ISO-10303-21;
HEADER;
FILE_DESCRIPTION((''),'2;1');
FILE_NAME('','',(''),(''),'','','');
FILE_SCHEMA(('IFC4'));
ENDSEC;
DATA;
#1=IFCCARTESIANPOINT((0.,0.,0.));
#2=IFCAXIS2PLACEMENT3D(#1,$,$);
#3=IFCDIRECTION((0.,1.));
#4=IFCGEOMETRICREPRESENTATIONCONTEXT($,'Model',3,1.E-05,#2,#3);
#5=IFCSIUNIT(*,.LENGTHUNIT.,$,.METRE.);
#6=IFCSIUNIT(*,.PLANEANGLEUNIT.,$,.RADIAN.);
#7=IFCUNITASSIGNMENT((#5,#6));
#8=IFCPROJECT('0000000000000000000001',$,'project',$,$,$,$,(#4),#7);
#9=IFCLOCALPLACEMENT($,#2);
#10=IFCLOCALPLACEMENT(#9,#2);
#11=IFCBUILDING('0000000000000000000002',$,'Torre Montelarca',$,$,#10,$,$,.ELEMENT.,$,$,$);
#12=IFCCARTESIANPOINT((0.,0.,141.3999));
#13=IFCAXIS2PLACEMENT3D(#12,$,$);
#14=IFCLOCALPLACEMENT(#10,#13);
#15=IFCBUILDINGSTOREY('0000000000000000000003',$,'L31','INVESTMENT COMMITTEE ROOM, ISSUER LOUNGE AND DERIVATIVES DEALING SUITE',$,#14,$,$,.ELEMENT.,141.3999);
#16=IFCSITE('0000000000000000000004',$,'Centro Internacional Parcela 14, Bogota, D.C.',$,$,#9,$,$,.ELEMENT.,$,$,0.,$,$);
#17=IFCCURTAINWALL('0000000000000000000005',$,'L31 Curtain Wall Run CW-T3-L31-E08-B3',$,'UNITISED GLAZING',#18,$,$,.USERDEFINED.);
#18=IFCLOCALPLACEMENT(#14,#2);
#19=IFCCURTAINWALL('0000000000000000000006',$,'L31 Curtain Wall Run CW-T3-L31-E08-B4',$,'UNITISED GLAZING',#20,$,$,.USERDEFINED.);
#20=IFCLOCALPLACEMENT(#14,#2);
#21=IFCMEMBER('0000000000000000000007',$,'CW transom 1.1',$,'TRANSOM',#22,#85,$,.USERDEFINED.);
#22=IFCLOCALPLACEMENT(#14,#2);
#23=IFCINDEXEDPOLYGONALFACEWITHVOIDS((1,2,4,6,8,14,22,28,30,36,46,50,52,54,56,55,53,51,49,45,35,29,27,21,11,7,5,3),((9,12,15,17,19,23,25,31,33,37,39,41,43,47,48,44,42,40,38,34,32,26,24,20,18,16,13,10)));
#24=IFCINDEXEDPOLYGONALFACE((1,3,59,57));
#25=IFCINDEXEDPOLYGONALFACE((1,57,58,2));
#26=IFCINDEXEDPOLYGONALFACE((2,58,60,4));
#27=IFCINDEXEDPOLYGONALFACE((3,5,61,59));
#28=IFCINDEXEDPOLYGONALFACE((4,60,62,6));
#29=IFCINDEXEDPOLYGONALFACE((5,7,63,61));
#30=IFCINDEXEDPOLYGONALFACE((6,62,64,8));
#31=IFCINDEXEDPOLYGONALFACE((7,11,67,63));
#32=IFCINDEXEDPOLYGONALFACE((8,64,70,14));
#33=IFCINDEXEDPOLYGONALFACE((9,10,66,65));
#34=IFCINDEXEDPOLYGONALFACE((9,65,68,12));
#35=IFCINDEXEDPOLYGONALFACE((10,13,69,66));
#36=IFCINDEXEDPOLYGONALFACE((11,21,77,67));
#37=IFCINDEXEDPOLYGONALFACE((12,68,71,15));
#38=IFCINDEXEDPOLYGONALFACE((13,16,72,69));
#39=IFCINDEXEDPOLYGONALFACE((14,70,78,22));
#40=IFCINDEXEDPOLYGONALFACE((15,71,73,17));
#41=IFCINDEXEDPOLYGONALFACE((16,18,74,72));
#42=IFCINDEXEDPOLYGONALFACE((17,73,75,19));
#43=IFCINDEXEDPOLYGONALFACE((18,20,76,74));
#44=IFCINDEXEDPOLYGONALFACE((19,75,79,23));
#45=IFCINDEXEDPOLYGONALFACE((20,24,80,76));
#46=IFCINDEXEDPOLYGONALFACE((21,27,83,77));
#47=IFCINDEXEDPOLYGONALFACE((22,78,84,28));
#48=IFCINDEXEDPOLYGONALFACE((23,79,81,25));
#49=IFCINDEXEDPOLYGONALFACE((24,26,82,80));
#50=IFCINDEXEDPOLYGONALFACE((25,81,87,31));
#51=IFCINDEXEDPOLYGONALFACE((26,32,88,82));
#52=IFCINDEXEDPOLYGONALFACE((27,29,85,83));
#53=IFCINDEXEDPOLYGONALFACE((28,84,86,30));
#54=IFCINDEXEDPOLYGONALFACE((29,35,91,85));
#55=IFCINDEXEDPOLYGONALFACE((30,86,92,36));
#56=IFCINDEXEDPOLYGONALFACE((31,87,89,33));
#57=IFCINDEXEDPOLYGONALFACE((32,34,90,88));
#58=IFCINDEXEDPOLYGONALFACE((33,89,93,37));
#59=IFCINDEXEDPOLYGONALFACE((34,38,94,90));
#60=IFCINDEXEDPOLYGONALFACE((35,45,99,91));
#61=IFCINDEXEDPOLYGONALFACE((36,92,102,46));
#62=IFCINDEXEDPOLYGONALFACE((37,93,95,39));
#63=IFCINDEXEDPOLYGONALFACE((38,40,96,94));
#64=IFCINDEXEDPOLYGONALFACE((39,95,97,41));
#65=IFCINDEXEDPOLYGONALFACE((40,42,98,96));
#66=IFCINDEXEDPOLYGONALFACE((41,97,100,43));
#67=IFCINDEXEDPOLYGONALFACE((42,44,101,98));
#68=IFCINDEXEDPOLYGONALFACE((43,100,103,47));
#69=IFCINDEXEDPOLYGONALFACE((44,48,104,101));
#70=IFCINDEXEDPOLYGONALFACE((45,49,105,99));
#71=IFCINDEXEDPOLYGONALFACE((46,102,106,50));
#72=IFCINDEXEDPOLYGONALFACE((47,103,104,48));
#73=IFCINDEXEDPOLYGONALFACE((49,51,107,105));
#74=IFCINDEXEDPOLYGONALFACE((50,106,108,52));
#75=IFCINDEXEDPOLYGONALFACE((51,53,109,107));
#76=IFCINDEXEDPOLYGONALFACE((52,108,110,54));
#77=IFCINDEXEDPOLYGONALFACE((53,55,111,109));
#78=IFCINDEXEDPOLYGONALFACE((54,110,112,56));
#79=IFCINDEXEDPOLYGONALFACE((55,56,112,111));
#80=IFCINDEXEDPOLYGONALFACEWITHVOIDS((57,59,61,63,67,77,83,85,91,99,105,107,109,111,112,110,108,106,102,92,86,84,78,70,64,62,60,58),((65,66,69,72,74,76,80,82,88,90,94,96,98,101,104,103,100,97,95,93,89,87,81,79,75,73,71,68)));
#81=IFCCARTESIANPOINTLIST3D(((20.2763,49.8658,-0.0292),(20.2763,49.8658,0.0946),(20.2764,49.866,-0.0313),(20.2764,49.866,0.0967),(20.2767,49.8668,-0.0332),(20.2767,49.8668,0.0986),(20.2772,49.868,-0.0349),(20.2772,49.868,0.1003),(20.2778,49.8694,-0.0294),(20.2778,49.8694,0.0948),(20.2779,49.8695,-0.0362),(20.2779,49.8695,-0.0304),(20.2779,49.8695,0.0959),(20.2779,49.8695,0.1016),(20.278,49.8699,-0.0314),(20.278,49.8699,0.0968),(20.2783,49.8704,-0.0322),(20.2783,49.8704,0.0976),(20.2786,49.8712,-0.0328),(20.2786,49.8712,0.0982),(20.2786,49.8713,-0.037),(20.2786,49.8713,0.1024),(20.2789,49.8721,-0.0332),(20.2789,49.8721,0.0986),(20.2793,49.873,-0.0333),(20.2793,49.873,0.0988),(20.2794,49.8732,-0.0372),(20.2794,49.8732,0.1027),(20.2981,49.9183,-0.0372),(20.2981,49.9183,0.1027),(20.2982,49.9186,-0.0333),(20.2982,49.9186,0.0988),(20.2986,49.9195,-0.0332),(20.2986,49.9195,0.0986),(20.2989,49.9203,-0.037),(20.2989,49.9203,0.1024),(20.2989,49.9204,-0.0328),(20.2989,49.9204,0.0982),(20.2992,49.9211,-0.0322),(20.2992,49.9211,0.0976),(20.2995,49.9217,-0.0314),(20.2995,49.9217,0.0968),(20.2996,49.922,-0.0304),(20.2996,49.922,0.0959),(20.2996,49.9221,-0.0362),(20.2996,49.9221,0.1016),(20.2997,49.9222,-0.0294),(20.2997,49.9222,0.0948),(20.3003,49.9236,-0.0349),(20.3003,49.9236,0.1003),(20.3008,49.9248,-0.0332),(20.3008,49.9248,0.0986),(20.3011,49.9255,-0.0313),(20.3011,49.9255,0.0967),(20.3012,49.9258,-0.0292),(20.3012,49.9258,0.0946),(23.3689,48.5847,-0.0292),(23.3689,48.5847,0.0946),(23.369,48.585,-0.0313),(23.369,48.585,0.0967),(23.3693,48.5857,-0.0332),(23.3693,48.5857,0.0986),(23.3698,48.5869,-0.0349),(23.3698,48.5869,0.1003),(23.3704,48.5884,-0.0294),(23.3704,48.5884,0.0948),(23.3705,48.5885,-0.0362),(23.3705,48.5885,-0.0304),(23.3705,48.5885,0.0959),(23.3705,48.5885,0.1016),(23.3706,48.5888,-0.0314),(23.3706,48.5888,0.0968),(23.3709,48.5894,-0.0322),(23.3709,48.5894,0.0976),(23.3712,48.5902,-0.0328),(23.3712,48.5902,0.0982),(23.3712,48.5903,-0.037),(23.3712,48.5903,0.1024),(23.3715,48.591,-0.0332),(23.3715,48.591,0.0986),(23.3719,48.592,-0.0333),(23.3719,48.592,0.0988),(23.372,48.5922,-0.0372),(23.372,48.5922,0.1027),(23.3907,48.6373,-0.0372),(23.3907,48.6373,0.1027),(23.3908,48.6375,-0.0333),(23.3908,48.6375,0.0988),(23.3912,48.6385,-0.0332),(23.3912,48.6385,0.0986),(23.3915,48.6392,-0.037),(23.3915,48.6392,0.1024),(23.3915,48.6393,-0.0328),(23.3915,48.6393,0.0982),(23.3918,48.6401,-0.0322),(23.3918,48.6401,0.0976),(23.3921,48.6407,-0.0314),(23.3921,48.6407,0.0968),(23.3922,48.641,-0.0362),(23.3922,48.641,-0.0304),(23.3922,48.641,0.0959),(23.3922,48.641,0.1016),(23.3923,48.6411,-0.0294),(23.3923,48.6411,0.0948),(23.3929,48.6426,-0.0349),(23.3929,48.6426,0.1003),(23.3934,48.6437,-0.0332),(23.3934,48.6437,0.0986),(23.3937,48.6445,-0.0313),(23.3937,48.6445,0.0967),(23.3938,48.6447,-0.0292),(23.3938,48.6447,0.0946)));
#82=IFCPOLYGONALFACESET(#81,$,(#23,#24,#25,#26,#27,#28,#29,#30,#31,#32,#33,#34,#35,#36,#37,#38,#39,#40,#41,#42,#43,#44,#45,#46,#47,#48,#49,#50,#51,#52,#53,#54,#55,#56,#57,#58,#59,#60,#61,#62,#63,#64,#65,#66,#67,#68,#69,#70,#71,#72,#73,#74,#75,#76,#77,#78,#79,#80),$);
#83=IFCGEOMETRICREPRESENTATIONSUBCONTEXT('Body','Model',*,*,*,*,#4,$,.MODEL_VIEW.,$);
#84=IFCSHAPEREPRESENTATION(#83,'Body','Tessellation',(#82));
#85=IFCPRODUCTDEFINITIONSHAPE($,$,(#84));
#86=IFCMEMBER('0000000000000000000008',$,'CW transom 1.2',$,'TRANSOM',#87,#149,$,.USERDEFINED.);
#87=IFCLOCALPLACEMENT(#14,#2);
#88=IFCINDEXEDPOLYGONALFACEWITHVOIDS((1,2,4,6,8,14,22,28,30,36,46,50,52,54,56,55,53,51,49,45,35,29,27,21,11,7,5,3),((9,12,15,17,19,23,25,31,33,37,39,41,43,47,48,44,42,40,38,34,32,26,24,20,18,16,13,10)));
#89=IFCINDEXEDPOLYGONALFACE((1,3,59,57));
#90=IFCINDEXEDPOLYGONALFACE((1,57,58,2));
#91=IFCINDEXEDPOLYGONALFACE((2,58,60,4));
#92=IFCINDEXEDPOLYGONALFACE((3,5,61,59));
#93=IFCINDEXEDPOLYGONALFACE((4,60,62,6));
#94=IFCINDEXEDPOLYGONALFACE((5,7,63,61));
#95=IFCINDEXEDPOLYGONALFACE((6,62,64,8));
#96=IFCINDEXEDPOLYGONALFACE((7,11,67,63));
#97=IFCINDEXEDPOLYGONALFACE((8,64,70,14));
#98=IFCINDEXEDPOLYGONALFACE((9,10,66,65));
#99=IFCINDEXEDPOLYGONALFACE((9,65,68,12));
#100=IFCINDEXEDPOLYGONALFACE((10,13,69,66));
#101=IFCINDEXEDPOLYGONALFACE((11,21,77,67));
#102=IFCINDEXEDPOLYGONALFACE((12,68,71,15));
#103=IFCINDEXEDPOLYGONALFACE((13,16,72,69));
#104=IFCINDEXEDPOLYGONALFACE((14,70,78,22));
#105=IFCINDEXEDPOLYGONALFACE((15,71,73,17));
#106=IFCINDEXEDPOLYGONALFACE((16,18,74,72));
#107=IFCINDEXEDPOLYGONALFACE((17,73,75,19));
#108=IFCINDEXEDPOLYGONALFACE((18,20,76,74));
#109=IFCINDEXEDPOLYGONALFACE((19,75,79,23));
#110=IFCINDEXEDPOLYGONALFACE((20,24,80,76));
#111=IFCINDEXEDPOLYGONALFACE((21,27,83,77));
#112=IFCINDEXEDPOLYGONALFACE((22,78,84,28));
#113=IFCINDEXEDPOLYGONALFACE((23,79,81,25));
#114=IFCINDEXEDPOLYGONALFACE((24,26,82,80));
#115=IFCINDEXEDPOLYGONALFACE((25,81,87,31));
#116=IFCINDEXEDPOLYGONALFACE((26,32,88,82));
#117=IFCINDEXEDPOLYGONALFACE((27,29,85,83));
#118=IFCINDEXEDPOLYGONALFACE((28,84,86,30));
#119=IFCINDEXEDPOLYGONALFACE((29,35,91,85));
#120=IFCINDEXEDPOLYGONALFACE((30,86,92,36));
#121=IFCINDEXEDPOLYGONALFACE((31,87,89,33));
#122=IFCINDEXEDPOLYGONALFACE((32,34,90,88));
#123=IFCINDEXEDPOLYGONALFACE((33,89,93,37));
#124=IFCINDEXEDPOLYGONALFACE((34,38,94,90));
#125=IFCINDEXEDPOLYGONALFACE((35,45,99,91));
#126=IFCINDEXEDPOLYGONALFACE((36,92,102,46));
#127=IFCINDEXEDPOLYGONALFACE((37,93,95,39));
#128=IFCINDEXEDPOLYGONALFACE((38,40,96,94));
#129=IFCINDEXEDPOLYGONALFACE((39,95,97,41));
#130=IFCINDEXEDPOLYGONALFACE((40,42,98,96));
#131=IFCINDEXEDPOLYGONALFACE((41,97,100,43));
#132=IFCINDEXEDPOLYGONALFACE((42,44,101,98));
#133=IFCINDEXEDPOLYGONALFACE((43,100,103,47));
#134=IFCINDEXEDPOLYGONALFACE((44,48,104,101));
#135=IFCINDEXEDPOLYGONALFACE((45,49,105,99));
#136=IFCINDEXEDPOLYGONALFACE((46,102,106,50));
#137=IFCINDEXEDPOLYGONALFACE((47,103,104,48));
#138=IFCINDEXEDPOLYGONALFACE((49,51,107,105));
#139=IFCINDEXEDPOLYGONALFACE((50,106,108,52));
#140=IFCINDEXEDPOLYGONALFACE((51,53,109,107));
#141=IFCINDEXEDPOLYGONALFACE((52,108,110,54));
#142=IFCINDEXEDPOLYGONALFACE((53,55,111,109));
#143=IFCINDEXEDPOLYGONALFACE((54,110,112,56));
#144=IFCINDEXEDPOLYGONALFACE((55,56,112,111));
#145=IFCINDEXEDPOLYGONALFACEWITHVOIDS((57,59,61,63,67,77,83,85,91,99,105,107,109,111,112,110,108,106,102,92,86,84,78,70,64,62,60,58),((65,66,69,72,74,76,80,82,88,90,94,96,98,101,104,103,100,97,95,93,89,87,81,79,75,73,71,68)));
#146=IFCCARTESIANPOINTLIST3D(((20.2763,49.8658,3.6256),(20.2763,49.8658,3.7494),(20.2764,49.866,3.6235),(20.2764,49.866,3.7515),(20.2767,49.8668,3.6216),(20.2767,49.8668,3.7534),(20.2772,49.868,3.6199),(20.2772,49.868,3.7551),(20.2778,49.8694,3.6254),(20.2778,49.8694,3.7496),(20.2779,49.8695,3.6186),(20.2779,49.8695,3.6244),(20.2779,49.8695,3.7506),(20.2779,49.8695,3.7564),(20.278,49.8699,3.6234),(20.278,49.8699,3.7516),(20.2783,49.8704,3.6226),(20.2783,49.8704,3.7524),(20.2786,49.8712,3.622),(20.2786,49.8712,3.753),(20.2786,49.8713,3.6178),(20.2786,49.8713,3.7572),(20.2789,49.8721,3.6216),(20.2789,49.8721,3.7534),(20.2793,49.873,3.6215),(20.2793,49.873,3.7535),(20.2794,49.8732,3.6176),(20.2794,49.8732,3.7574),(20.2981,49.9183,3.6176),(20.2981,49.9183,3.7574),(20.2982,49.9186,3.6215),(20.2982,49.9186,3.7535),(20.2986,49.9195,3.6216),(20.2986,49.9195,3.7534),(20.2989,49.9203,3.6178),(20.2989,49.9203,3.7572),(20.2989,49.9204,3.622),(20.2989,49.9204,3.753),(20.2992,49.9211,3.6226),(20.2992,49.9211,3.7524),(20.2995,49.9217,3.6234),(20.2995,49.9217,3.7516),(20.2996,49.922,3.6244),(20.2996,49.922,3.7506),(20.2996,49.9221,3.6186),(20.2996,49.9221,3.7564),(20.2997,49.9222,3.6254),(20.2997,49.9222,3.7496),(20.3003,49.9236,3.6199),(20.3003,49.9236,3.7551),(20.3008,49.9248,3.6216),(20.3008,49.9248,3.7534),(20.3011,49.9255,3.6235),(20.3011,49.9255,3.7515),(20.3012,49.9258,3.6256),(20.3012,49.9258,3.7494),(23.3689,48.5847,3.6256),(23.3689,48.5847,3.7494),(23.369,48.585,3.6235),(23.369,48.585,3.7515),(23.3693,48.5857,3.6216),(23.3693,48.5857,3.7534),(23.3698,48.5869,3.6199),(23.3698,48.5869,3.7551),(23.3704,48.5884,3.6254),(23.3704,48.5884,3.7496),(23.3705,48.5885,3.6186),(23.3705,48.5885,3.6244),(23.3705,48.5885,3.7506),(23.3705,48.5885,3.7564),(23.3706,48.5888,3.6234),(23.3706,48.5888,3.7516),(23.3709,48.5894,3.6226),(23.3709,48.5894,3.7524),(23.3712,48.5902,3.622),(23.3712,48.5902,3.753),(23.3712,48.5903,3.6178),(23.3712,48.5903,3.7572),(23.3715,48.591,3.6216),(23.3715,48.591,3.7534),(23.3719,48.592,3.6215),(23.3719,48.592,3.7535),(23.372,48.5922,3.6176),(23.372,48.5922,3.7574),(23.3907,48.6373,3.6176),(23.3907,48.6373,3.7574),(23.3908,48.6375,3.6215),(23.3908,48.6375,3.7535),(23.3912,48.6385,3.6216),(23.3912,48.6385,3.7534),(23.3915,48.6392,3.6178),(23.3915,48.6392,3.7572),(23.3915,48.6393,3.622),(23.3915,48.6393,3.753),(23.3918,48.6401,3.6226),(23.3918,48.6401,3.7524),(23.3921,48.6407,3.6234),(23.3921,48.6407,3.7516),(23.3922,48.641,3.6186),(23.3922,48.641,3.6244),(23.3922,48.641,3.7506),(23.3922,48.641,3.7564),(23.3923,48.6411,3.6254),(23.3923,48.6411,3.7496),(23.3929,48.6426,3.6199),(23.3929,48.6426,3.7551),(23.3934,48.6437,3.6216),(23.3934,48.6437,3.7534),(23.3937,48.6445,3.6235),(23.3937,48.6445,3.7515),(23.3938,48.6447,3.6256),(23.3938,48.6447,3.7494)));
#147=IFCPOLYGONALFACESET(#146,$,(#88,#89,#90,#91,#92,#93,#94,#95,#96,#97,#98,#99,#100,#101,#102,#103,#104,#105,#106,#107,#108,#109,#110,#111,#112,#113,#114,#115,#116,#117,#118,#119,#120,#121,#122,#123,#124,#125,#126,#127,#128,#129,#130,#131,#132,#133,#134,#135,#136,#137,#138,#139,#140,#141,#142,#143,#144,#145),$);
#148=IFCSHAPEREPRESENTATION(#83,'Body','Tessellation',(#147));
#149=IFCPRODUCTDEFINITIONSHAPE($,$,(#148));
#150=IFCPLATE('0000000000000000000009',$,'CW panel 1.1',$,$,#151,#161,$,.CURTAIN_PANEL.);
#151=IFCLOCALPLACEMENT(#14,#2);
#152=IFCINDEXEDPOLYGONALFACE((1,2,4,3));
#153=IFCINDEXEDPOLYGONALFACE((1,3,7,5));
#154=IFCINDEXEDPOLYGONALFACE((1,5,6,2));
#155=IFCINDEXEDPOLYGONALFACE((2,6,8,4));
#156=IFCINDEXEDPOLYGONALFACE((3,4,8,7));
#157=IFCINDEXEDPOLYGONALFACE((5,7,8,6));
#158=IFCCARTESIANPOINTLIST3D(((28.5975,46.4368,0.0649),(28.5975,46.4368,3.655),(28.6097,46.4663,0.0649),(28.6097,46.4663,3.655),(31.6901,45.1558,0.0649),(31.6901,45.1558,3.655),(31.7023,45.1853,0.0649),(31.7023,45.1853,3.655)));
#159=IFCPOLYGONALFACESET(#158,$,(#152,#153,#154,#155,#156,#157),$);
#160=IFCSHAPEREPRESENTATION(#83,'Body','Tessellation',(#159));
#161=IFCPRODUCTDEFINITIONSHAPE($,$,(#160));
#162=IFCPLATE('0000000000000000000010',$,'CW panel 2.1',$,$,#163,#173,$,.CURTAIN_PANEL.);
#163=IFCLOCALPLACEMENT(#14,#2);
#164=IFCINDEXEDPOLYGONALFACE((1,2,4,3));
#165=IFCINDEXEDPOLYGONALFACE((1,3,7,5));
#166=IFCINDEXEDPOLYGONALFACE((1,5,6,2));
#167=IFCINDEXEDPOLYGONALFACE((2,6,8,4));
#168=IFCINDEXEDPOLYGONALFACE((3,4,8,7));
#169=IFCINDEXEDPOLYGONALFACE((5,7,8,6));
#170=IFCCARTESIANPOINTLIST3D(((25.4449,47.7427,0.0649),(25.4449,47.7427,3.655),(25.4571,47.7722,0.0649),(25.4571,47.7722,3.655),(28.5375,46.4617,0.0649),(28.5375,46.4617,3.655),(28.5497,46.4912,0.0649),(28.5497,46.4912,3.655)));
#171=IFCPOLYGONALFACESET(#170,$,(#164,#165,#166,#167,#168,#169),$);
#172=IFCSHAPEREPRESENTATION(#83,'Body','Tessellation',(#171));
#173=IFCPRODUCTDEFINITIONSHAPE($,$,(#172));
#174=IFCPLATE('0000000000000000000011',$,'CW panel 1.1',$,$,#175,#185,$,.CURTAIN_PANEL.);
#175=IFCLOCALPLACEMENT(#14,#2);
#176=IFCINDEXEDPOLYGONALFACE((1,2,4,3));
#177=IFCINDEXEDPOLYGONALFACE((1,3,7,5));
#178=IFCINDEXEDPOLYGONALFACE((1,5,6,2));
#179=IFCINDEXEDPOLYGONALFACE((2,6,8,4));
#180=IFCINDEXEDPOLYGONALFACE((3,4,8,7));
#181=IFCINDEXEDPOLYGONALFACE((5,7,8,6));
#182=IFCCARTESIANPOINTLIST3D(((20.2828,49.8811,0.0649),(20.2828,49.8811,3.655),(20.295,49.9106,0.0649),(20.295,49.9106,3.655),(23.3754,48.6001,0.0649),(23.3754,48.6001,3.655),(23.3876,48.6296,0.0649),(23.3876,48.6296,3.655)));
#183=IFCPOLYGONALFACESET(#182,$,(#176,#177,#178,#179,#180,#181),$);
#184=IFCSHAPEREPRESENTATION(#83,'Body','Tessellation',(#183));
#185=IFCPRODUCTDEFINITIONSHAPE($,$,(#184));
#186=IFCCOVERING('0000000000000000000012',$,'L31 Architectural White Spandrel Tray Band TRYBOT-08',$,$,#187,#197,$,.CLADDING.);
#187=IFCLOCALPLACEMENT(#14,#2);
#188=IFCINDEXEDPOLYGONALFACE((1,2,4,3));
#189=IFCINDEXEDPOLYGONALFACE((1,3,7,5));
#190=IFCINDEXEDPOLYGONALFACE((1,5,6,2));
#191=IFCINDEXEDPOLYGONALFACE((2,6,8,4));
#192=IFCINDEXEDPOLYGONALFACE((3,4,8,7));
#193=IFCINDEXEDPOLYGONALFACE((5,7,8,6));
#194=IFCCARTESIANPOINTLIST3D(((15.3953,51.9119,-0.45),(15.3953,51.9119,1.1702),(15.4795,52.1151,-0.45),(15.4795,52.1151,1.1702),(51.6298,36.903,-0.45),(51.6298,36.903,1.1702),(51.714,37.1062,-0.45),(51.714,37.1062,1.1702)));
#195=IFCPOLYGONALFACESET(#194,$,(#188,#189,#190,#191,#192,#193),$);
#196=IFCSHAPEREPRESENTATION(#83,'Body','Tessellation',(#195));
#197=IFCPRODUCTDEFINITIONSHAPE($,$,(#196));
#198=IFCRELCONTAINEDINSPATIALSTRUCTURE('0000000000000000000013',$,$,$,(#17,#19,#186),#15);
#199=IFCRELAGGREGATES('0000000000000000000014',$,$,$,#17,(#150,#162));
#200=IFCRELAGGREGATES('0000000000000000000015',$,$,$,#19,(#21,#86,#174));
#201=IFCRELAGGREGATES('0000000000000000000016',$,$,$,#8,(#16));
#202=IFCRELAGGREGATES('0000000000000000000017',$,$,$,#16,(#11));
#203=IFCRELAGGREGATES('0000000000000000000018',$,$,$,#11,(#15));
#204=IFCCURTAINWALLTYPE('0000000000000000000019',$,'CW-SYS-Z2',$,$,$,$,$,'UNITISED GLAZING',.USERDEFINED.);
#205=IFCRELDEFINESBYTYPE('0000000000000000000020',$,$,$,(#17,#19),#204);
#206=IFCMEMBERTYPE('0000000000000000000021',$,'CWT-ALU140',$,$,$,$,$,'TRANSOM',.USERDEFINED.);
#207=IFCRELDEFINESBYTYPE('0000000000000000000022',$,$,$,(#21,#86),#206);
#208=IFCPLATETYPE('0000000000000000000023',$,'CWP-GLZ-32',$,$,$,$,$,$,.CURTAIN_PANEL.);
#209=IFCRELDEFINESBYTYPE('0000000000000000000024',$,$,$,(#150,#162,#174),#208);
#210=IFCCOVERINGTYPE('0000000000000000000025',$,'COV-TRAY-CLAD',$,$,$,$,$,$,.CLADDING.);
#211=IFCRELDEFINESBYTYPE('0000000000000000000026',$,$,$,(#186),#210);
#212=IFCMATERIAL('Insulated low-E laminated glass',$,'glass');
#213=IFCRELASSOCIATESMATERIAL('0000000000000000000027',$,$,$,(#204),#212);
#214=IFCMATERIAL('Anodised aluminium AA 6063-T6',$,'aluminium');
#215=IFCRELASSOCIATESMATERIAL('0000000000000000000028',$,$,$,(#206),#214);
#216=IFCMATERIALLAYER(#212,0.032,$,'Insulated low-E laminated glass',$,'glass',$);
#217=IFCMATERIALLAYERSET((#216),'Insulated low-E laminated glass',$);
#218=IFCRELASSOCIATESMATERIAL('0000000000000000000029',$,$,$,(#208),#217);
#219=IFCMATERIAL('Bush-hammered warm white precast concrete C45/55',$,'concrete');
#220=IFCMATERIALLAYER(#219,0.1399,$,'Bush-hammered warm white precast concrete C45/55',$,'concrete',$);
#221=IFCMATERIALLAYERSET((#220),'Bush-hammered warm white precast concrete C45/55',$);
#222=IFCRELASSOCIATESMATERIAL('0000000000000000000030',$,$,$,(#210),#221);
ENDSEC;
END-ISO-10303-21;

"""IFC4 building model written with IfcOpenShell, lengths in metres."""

from ifc_helpers import new_model, si_unit, direction, frame, origin, origin_2d, place, context, subcontext, project, spatial, rectangle, hollow_rectangle, extrude, source, transform, mapped, material, layer, layer_set, material_profile, profile_set, type_object, element, aggregate, save


model = new_model("IFC4")

# Units and contexts
model_context = context("Model", 3, precision=1e-05, world=origin(), true_north=direction((0.0, 1.0)))
body_context = subcontext(model_context, "Body", "Model", "MODEL_VIEW")
ifc_project = project(units=[si_unit("LENGTHUNIT", "METRE"), si_unit("PLANEANGLEUNIT", "RADIAN")], contexts=[model_context])

# Site, building, storey
site_placement = place(None, origin())
site = spatial("IfcSite", under=ifc_project, at=site_placement, Name="Centro Internacional Parcela 14, Bogota, D.C.", CompositionType="ELEMENT", RefElevation=0.0)
building_placement = place(site_placement, origin())
building = spatial("IfcBuilding", under=site, at=building_placement, Name="Torre Montelarca", CompositionType="ELEMENT")
storey_placement = place(building_placement, frame((0.0, 0.0, 141.3999)))
storey = spatial("IfcBuildingStorey", under=building, at=storey_placement, Name="L31", Description="INVESTMENT COMMITTEE ROOM, ISSUER LOUNGE AND DERIVATIVES DEALING SUITE", CompositionType="ELEMENT", Elevation=141.3999)

# Curtain wall
ifc_material_1 = material(Name="Insulated low-E laminated glass", Category="glass")
curtain_wall_type = type_object("IfcCurtainWallType", Name="CW-SYS-Z2", ElementType="UNITISED GLAZING", PredefinedType="USERDEFINED", material=ifc_material_1)
curtain_wall_1_placement = place(storey_placement, origin())
curtain_wall_1 = element("IfcCurtainWall", 1, at=curtain_wall_1_placement, inside=storey, type_object=curtain_wall_type, Name="L31 Curtain Wall Run CW-T3-L31-E08-B3", ObjectType="UNITISED GLAZING", PredefinedType="USERDEFINED")
ifc_material_2 = material(Name="Anodised aluminium AA 6063-T6", Category="aluminium")

# Curtain wall
curtain_wall_2_placement = place(storey_placement, origin())
curtain_wall_2 = element("IfcCurtainWall", 2, at=curtain_wall_2_placement, inside=storey, type_object=curtain_wall_type, Name="L31 Curtain Wall Run CW-T3-L31-E08-B4", ObjectType="UNITISED GLAZING", PredefinedType="USERDEFINED")

# Members
ifc_material_profile_1 = material_profile(ifc_material_2, hollow_rectangle(XDim=0.0649, YDim=0.1399, WallThickness=0.0039, InnerFilletRadius=0.0039, OuterFilletRadius=0.0081, at=origin_2d()), Name="ALU65X140X4", Category="aluminium")
ifc_profile_set_1 = profile_set([ifc_material_profile_1], Name="Anodised aluminium AA 6063-T6")
member_type_1 = type_object("IfcMemberType", Name="CWT-ALU140", ElementType="TRANSOM", PredefinedType="USERDEFINED", material=ifc_profile_set_1)
shared_shape_1 = source(origin(), body_context, "Body", "SweptSolid", [
    extrude(hollow_rectangle(XDim=0.0649, YDim=0.1399, WallThickness=0.0039, InnerFilletRadius=0.0039, OuterFilletRadius=0.0081, at=origin_2d()), origin(), (0.0, 0.0, 1.0), 3.3474),
])
member_1_placement = place(storey_placement, frame((23.3813, 48.6147, 0.0327), z_axis=(-0.923875, 0.382693, 0.0), x_axis=(-0.382693, -0.923875, 0.0)))
member_1 = element("IfcMember", 3, at=member_1_placement, type_object=member_type_1, Name="CW transom 1.1", ObjectType="TRANSOM", PredefinedType="USERDEFINED", context=body_context, shape_type="MappedRepresentation", body=[
    mapped(shared_shape_1, transform((0.0, 0.0, 0.0), scale=1.0)),
])
member_2_placement = place(storey_placement, frame((23.3813, 48.6147, 3.6875), z_axis=(-0.923875, 0.382693, 0.0), x_axis=(-0.382693, -0.923875, 0.0)))
member_2 = element("IfcMember", 4, at=member_2_placement, type_object=member_type_1, Name="CW transom 1.2", ObjectType="TRANSOM", PredefinedType="USERDEFINED", context=body_context, shape_type="MappedRepresentation", body=[
    mapped(shared_shape_1, transform((0.0, 0.0, 0.0), scale=1.0)),
])

# Plates
ifc_layer_1 = layer(ifc_material_1, 0.032, Name="Insulated low-E laminated glass", Category="glass")
ifc_layer_set_1 = layer_set([ifc_layer_1], Name="Insulated low-E laminated glass")
plate_type = type_object("IfcPlateType", Name="CWP-GLZ-32", PredefinedType="CURTAIN_PANEL", material=ifc_layer_set_1)
shared_shape_2 = source(origin(), body_context, "Body", "SweptSolid", [
    extrude(rectangle(XDim=3.3474, YDim=0.032, at=origin_2d()), origin(), (0.0, 0.0, 1.0), 3.5901),
])
plate_1_placement = place(storey_placement, frame((30.1499, 45.811, 0.0649), z_axis=(0.0, 0.0, 1.0), x_axis=(-0.923878, 0.382686, 0.0)))
plate_1 = element("IfcPlate", 5, at=plate_1_placement, type_object=plate_type, Name="CW panel 1.1", PredefinedType="CURTAIN_PANEL", context=body_context, shape_type="MappedRepresentation", body=[
    mapped(shared_shape_2, transform((0.0, 0.0, 0.0), scale=1.0)),
])
plate_2_placement = place(storey_placement, frame((26.9973, 47.1169, 0.0649), z_axis=(0.0, 0.0, 1.0), x_axis=(-0.923878, 0.382686, 0.0)))
plate_2 = element("IfcPlate", 6, at=plate_2_placement, type_object=plate_type, Name="CW panel 2.1", PredefinedType="CURTAIN_PANEL", context=body_context, shape_type="MappedRepresentation", body=[
    mapped(shared_shape_2, transform((0.0, 0.0, 0.0), scale=1.0)),
])
aggregate(curtain_wall_1, [plate_1, plate_2])
plate_3_placement = place(storey_placement, frame((21.8352, 49.2554, 0.0649), z_axis=(0.0, 0.0, 1.0), x_axis=(-0.923878, 0.382686, 0.0)))
plate_3 = element("IfcPlate", 7, at=plate_3_placement, type_object=plate_type, Name="CW panel 1.1", PredefinedType="CURTAIN_PANEL", context=body_context, shape_type="MappedRepresentation", body=[
    mapped(shared_shape_2, transform((0.0, 0.0, 0.0), scale=1.0)),
])
aggregate(curtain_wall_2, [member_1, member_2, plate_3])

# Covering
ifc_material_3 = material(Name="Bush-hammered warm white precast concrete C45/55", Category="concrete")
ifc_layer_2 = layer(ifc_material_3, 0.1399, Name="Bush-hammered warm white precast concrete C45/55", Category="concrete")
ifc_layer_set_2 = layer_set([ifc_layer_2], Name="Bush-hammered warm white precast concrete C45/55")
covering_type = type_object("IfcCoveringType", Name="COV-TRAY-CLAD", PredefinedType="CLADDING", material=ifc_layer_set_2)
shared_shape_3 = source(origin(), body_context, "Body", "SweptSolid", [
    extrude(rectangle(XDim=39.22, YDim=0.22, at=origin_2d()), origin(), (0.0, 0.0, 1.0), 1.6201),
])
covering_placement = place(storey_placement, frame((33.5547, 44.509, -0.45), z_axis=(0.0, 0.0, 1.0), x_axis=(-0.923879, 0.382685, 0.0)))
element("IfcCovering", 8, at=covering_placement, inside=storey, type_object=covering_type, Name="L31 Architectural White Spandrel Tray Band TRYBOT-08", PredefinedType="CLADDING", context=body_context, shape_type="MappedRepresentation", body=[
    mapped(shared_shape_3, transform((0.0, 0.0, 0.0), scale=1.0)),
])

save(model, "model.ifc")
